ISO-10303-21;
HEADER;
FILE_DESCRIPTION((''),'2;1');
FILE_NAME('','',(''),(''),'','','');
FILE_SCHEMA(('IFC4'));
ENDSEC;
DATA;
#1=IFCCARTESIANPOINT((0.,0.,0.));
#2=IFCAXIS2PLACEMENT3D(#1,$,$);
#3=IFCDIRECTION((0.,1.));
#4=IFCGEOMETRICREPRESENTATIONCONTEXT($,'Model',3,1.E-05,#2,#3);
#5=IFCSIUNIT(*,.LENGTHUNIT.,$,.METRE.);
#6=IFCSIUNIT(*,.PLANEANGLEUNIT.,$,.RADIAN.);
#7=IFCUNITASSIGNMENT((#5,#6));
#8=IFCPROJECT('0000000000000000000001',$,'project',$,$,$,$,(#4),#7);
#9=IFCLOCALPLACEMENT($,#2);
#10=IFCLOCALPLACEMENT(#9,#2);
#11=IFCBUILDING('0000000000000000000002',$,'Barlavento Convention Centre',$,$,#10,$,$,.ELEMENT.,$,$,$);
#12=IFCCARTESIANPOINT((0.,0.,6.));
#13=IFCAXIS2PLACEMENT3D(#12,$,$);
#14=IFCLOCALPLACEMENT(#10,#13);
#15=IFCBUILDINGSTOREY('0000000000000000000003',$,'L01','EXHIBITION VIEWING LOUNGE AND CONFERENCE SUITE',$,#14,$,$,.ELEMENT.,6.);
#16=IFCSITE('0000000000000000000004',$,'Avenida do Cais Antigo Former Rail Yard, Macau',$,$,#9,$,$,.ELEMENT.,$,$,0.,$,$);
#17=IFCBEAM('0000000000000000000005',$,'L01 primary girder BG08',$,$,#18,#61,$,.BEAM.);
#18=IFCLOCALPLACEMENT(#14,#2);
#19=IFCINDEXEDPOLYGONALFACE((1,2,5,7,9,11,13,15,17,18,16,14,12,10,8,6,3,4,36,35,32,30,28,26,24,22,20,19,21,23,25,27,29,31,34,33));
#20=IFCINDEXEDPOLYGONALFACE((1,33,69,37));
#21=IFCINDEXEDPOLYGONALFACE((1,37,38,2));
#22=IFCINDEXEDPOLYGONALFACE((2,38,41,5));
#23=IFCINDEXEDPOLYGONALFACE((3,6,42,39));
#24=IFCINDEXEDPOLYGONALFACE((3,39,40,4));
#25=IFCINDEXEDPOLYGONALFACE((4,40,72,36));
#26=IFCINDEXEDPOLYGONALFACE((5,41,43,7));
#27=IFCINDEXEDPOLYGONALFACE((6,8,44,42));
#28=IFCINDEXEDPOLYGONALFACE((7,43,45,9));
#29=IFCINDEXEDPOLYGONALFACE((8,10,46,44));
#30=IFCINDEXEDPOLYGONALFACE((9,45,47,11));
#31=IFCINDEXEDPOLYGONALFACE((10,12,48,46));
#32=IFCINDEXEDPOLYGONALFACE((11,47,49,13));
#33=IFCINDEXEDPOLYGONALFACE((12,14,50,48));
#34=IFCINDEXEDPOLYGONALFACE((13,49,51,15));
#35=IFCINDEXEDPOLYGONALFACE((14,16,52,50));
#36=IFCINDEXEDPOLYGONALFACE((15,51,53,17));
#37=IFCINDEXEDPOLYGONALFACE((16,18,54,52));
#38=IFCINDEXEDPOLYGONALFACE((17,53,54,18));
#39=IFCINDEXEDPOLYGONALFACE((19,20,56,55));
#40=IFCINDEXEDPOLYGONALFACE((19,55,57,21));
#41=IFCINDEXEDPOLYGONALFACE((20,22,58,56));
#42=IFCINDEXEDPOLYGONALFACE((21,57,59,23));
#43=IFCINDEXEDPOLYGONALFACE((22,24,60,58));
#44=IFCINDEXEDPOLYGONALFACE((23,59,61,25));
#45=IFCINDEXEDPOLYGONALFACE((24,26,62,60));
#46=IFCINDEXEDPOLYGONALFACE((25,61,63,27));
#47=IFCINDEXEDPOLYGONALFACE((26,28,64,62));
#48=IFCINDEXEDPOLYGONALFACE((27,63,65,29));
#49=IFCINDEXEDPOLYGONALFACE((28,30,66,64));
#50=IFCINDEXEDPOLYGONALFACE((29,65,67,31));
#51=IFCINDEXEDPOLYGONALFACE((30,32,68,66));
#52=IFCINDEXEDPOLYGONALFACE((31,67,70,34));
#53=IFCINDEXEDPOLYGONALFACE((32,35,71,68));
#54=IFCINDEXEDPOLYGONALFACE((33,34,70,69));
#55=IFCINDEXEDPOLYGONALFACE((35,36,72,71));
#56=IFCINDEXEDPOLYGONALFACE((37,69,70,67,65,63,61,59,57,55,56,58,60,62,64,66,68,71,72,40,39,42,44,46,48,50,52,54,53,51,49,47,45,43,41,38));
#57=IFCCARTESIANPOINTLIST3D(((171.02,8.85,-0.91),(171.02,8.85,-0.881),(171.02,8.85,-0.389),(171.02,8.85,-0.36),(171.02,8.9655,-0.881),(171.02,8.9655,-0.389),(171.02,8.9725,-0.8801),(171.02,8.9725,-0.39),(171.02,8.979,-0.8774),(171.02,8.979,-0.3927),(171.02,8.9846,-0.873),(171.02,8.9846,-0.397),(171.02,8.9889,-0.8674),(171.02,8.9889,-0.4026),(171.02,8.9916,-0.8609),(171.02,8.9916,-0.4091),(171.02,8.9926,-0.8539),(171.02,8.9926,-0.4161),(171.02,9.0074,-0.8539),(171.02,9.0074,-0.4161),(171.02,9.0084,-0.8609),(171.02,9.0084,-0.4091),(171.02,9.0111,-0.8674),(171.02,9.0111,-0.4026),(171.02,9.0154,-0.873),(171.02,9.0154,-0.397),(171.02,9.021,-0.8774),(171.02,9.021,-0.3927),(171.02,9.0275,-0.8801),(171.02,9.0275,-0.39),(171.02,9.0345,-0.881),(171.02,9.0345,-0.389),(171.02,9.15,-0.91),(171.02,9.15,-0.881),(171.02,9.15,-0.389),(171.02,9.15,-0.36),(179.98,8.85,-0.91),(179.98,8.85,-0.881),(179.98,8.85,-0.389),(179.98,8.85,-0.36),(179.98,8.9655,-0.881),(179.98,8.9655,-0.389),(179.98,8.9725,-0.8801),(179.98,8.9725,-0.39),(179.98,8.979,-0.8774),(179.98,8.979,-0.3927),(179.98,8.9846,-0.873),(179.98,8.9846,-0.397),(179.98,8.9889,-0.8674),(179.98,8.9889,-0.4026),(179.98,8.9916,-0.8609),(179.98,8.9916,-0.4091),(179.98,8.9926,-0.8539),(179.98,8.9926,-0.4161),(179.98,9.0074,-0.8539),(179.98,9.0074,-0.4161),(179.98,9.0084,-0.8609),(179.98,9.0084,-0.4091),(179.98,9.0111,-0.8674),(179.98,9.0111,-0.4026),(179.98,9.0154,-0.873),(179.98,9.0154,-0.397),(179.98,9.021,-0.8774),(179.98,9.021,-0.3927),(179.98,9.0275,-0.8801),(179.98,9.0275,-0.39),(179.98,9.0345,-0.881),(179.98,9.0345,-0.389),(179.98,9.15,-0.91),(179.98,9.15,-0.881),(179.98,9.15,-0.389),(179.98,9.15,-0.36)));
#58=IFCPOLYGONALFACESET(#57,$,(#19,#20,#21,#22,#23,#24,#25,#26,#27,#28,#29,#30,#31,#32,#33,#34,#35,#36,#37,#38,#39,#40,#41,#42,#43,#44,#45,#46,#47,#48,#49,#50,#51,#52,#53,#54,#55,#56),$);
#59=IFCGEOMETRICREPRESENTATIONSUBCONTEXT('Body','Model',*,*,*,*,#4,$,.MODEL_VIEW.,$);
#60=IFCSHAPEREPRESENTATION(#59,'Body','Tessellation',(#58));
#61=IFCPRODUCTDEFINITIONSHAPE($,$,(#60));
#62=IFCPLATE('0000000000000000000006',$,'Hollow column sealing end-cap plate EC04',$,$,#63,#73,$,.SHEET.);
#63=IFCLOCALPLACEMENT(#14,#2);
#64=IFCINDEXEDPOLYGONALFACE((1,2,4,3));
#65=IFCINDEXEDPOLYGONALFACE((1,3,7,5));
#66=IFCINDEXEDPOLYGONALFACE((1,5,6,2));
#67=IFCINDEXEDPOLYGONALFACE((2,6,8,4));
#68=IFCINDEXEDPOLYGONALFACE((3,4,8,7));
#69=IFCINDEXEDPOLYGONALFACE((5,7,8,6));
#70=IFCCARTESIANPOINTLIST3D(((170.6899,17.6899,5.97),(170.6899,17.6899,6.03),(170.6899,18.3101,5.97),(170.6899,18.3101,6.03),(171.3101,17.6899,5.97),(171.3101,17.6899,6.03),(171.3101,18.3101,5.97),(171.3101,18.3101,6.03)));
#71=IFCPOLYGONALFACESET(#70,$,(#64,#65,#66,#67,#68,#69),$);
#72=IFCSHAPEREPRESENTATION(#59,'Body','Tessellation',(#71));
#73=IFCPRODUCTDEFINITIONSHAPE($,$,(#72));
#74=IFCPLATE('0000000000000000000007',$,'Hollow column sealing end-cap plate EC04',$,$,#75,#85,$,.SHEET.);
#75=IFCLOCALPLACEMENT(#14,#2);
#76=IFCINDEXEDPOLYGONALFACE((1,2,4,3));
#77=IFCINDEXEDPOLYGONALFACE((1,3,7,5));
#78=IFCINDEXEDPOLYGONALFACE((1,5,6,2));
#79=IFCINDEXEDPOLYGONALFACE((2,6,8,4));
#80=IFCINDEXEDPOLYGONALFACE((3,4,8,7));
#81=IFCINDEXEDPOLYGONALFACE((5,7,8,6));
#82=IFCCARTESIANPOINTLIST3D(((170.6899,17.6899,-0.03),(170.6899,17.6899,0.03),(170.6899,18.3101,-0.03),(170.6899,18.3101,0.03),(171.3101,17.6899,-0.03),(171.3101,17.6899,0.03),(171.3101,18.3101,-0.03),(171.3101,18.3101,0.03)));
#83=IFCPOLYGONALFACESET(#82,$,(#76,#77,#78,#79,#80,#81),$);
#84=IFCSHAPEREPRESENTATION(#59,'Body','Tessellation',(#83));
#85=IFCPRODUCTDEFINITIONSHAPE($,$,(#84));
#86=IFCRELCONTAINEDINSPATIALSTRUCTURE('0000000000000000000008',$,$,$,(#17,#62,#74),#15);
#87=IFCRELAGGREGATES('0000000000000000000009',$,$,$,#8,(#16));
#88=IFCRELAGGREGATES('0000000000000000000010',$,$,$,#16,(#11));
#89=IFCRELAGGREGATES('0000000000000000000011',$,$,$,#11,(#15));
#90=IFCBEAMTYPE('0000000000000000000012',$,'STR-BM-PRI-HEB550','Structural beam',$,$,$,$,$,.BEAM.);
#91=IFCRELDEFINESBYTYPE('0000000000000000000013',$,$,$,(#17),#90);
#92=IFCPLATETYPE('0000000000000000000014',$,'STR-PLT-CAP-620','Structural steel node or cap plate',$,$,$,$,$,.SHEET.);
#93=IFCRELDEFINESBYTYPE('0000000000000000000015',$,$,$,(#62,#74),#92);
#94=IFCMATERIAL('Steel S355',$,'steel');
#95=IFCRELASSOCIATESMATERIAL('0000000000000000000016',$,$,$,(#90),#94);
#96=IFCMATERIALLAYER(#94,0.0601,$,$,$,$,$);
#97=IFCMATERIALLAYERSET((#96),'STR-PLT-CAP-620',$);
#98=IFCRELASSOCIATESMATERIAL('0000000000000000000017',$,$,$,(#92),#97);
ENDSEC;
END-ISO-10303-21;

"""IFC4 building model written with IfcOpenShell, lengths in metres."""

from ifc_helpers import new_model, si_unit, direction, frame, origin, origin_2d, place, context, subcontext, project, spatial, rectangle, i_section, extrude, material, layer, layer_set, material_profile, profile_set, type_object, element, save


model = new_model("IFC4")

# Units and contexts
model_context = context("Model", 3, precision=1e-05, world=origin(), true_north=direction((0.0, 1.0)))
body_context = subcontext(model_context, "Body", "Model", "MODEL_VIEW")
ifc_project = project(units=[si_unit("LENGTHUNIT", "METRE"), si_unit("PLANEANGLEUNIT", "RADIAN")], contexts=[model_context])

# Site, building, storey
site_placement = place(None, origin())
site = spatial("IfcSite", under=ifc_project, at=site_placement, Name="Avenida do Cais Antigo Former Rail Yard, Macau", CompositionType="ELEMENT", RefElevation=0.0)
building_placement = place(site_placement, origin())
building = spatial("IfcBuilding", under=site, at=building_placement, Name="Barlavento Convention Centre", CompositionType="ELEMENT")
storey_placement = place(building_placement, frame((0.0, 0.0, 6.0)))
storey = spatial("IfcBuildingStorey", under=building, at=storey_placement, Name="L01", Description="EXHIBITION VIEWING LOUNGE AND CONFERENCE SUITE", CompositionType="ELEMENT", Elevation=6.0)

# Shared definitions
ifc_material = material(Name="Steel S355", Category="steel")

# Beam
ifc_material_profile_1 = material_profile(ifc_material, i_section(OverallWidth=0.3, OverallDepth=0.55, WebThickness=0.0149, FlangeThickness=0.0291, FilletRadius=0.0271, at=origin_2d()), Name="HEB 550")
ifc_profile_set_1 = profile_set([ifc_material_profile_1], Name="Steel S355")
beam_type_1 = type_object("IfcBeamType", Name="STR-BM-PRI-HEB550", Description="Structural beam", PredefinedType="BEAM", material=ifc_profile_set_1)
beam_1_placement = place(storey_placement, frame((171.02, 9.0, -0.635), z_axis=(1.0, 0.0, 0.0), x_axis=(0.0, 1.0, 0.0)))
element("IfcBeam", 1, at=beam_1_placement, inside=storey, type_object=beam_type_1, Name="L01 primary girder BG08", PredefinedType="BEAM", context=body_context, shape_type="SweptSolid", body=[
    extrude(i_section(OverallWidth=0.3, OverallDepth=0.55, WebThickness=0.0149, FlangeThickness=0.0291, FilletRadius=0.0271, at=origin_2d()), origin(), (0.0, 0.0, 1.0), 8.96),
])

# Plates
ifc_layer = layer(ifc_material, 0.0601)
ifc_layer_set = layer_set([ifc_layer], Name="STR-PLT-CAP-620")
plate_type = type_object("IfcPlateType", Name="STR-PLT-CAP-620", Description="Structural steel node or cap plate", PredefinedType="SHEET", material=ifc_layer_set)
for number, where, z_axis, x_axis, name in (
    (2, (171.0, 18.0, 5.97), (0.0, 0.0, 1.0), (1.0, 0.0, 0.0), "Hollow column sealing end-cap plate EC04"),
    (3, (171.0, 18.0, -0.03), (0.0, 0.0, 1.0), (1.0, 0.0, 0.0), "Hollow column sealing end-cap plate EC04"),
):
    element("IfcPlate", number, at=place(storey_placement, frame(where, z_axis=z_axis, x_axis=x_axis)), inside=storey, type_object=plate_type, Name=name, PredefinedType="SHEET", context=body_context, shape_type="SweptSolid", body=[
        extrude(rectangle(XDim=0.6201, YDim=0.6201, at=origin_2d()), origin(), (0.0, 0.0, 1.0), 0.0601),
    ])

save(model, "model.ifc")
